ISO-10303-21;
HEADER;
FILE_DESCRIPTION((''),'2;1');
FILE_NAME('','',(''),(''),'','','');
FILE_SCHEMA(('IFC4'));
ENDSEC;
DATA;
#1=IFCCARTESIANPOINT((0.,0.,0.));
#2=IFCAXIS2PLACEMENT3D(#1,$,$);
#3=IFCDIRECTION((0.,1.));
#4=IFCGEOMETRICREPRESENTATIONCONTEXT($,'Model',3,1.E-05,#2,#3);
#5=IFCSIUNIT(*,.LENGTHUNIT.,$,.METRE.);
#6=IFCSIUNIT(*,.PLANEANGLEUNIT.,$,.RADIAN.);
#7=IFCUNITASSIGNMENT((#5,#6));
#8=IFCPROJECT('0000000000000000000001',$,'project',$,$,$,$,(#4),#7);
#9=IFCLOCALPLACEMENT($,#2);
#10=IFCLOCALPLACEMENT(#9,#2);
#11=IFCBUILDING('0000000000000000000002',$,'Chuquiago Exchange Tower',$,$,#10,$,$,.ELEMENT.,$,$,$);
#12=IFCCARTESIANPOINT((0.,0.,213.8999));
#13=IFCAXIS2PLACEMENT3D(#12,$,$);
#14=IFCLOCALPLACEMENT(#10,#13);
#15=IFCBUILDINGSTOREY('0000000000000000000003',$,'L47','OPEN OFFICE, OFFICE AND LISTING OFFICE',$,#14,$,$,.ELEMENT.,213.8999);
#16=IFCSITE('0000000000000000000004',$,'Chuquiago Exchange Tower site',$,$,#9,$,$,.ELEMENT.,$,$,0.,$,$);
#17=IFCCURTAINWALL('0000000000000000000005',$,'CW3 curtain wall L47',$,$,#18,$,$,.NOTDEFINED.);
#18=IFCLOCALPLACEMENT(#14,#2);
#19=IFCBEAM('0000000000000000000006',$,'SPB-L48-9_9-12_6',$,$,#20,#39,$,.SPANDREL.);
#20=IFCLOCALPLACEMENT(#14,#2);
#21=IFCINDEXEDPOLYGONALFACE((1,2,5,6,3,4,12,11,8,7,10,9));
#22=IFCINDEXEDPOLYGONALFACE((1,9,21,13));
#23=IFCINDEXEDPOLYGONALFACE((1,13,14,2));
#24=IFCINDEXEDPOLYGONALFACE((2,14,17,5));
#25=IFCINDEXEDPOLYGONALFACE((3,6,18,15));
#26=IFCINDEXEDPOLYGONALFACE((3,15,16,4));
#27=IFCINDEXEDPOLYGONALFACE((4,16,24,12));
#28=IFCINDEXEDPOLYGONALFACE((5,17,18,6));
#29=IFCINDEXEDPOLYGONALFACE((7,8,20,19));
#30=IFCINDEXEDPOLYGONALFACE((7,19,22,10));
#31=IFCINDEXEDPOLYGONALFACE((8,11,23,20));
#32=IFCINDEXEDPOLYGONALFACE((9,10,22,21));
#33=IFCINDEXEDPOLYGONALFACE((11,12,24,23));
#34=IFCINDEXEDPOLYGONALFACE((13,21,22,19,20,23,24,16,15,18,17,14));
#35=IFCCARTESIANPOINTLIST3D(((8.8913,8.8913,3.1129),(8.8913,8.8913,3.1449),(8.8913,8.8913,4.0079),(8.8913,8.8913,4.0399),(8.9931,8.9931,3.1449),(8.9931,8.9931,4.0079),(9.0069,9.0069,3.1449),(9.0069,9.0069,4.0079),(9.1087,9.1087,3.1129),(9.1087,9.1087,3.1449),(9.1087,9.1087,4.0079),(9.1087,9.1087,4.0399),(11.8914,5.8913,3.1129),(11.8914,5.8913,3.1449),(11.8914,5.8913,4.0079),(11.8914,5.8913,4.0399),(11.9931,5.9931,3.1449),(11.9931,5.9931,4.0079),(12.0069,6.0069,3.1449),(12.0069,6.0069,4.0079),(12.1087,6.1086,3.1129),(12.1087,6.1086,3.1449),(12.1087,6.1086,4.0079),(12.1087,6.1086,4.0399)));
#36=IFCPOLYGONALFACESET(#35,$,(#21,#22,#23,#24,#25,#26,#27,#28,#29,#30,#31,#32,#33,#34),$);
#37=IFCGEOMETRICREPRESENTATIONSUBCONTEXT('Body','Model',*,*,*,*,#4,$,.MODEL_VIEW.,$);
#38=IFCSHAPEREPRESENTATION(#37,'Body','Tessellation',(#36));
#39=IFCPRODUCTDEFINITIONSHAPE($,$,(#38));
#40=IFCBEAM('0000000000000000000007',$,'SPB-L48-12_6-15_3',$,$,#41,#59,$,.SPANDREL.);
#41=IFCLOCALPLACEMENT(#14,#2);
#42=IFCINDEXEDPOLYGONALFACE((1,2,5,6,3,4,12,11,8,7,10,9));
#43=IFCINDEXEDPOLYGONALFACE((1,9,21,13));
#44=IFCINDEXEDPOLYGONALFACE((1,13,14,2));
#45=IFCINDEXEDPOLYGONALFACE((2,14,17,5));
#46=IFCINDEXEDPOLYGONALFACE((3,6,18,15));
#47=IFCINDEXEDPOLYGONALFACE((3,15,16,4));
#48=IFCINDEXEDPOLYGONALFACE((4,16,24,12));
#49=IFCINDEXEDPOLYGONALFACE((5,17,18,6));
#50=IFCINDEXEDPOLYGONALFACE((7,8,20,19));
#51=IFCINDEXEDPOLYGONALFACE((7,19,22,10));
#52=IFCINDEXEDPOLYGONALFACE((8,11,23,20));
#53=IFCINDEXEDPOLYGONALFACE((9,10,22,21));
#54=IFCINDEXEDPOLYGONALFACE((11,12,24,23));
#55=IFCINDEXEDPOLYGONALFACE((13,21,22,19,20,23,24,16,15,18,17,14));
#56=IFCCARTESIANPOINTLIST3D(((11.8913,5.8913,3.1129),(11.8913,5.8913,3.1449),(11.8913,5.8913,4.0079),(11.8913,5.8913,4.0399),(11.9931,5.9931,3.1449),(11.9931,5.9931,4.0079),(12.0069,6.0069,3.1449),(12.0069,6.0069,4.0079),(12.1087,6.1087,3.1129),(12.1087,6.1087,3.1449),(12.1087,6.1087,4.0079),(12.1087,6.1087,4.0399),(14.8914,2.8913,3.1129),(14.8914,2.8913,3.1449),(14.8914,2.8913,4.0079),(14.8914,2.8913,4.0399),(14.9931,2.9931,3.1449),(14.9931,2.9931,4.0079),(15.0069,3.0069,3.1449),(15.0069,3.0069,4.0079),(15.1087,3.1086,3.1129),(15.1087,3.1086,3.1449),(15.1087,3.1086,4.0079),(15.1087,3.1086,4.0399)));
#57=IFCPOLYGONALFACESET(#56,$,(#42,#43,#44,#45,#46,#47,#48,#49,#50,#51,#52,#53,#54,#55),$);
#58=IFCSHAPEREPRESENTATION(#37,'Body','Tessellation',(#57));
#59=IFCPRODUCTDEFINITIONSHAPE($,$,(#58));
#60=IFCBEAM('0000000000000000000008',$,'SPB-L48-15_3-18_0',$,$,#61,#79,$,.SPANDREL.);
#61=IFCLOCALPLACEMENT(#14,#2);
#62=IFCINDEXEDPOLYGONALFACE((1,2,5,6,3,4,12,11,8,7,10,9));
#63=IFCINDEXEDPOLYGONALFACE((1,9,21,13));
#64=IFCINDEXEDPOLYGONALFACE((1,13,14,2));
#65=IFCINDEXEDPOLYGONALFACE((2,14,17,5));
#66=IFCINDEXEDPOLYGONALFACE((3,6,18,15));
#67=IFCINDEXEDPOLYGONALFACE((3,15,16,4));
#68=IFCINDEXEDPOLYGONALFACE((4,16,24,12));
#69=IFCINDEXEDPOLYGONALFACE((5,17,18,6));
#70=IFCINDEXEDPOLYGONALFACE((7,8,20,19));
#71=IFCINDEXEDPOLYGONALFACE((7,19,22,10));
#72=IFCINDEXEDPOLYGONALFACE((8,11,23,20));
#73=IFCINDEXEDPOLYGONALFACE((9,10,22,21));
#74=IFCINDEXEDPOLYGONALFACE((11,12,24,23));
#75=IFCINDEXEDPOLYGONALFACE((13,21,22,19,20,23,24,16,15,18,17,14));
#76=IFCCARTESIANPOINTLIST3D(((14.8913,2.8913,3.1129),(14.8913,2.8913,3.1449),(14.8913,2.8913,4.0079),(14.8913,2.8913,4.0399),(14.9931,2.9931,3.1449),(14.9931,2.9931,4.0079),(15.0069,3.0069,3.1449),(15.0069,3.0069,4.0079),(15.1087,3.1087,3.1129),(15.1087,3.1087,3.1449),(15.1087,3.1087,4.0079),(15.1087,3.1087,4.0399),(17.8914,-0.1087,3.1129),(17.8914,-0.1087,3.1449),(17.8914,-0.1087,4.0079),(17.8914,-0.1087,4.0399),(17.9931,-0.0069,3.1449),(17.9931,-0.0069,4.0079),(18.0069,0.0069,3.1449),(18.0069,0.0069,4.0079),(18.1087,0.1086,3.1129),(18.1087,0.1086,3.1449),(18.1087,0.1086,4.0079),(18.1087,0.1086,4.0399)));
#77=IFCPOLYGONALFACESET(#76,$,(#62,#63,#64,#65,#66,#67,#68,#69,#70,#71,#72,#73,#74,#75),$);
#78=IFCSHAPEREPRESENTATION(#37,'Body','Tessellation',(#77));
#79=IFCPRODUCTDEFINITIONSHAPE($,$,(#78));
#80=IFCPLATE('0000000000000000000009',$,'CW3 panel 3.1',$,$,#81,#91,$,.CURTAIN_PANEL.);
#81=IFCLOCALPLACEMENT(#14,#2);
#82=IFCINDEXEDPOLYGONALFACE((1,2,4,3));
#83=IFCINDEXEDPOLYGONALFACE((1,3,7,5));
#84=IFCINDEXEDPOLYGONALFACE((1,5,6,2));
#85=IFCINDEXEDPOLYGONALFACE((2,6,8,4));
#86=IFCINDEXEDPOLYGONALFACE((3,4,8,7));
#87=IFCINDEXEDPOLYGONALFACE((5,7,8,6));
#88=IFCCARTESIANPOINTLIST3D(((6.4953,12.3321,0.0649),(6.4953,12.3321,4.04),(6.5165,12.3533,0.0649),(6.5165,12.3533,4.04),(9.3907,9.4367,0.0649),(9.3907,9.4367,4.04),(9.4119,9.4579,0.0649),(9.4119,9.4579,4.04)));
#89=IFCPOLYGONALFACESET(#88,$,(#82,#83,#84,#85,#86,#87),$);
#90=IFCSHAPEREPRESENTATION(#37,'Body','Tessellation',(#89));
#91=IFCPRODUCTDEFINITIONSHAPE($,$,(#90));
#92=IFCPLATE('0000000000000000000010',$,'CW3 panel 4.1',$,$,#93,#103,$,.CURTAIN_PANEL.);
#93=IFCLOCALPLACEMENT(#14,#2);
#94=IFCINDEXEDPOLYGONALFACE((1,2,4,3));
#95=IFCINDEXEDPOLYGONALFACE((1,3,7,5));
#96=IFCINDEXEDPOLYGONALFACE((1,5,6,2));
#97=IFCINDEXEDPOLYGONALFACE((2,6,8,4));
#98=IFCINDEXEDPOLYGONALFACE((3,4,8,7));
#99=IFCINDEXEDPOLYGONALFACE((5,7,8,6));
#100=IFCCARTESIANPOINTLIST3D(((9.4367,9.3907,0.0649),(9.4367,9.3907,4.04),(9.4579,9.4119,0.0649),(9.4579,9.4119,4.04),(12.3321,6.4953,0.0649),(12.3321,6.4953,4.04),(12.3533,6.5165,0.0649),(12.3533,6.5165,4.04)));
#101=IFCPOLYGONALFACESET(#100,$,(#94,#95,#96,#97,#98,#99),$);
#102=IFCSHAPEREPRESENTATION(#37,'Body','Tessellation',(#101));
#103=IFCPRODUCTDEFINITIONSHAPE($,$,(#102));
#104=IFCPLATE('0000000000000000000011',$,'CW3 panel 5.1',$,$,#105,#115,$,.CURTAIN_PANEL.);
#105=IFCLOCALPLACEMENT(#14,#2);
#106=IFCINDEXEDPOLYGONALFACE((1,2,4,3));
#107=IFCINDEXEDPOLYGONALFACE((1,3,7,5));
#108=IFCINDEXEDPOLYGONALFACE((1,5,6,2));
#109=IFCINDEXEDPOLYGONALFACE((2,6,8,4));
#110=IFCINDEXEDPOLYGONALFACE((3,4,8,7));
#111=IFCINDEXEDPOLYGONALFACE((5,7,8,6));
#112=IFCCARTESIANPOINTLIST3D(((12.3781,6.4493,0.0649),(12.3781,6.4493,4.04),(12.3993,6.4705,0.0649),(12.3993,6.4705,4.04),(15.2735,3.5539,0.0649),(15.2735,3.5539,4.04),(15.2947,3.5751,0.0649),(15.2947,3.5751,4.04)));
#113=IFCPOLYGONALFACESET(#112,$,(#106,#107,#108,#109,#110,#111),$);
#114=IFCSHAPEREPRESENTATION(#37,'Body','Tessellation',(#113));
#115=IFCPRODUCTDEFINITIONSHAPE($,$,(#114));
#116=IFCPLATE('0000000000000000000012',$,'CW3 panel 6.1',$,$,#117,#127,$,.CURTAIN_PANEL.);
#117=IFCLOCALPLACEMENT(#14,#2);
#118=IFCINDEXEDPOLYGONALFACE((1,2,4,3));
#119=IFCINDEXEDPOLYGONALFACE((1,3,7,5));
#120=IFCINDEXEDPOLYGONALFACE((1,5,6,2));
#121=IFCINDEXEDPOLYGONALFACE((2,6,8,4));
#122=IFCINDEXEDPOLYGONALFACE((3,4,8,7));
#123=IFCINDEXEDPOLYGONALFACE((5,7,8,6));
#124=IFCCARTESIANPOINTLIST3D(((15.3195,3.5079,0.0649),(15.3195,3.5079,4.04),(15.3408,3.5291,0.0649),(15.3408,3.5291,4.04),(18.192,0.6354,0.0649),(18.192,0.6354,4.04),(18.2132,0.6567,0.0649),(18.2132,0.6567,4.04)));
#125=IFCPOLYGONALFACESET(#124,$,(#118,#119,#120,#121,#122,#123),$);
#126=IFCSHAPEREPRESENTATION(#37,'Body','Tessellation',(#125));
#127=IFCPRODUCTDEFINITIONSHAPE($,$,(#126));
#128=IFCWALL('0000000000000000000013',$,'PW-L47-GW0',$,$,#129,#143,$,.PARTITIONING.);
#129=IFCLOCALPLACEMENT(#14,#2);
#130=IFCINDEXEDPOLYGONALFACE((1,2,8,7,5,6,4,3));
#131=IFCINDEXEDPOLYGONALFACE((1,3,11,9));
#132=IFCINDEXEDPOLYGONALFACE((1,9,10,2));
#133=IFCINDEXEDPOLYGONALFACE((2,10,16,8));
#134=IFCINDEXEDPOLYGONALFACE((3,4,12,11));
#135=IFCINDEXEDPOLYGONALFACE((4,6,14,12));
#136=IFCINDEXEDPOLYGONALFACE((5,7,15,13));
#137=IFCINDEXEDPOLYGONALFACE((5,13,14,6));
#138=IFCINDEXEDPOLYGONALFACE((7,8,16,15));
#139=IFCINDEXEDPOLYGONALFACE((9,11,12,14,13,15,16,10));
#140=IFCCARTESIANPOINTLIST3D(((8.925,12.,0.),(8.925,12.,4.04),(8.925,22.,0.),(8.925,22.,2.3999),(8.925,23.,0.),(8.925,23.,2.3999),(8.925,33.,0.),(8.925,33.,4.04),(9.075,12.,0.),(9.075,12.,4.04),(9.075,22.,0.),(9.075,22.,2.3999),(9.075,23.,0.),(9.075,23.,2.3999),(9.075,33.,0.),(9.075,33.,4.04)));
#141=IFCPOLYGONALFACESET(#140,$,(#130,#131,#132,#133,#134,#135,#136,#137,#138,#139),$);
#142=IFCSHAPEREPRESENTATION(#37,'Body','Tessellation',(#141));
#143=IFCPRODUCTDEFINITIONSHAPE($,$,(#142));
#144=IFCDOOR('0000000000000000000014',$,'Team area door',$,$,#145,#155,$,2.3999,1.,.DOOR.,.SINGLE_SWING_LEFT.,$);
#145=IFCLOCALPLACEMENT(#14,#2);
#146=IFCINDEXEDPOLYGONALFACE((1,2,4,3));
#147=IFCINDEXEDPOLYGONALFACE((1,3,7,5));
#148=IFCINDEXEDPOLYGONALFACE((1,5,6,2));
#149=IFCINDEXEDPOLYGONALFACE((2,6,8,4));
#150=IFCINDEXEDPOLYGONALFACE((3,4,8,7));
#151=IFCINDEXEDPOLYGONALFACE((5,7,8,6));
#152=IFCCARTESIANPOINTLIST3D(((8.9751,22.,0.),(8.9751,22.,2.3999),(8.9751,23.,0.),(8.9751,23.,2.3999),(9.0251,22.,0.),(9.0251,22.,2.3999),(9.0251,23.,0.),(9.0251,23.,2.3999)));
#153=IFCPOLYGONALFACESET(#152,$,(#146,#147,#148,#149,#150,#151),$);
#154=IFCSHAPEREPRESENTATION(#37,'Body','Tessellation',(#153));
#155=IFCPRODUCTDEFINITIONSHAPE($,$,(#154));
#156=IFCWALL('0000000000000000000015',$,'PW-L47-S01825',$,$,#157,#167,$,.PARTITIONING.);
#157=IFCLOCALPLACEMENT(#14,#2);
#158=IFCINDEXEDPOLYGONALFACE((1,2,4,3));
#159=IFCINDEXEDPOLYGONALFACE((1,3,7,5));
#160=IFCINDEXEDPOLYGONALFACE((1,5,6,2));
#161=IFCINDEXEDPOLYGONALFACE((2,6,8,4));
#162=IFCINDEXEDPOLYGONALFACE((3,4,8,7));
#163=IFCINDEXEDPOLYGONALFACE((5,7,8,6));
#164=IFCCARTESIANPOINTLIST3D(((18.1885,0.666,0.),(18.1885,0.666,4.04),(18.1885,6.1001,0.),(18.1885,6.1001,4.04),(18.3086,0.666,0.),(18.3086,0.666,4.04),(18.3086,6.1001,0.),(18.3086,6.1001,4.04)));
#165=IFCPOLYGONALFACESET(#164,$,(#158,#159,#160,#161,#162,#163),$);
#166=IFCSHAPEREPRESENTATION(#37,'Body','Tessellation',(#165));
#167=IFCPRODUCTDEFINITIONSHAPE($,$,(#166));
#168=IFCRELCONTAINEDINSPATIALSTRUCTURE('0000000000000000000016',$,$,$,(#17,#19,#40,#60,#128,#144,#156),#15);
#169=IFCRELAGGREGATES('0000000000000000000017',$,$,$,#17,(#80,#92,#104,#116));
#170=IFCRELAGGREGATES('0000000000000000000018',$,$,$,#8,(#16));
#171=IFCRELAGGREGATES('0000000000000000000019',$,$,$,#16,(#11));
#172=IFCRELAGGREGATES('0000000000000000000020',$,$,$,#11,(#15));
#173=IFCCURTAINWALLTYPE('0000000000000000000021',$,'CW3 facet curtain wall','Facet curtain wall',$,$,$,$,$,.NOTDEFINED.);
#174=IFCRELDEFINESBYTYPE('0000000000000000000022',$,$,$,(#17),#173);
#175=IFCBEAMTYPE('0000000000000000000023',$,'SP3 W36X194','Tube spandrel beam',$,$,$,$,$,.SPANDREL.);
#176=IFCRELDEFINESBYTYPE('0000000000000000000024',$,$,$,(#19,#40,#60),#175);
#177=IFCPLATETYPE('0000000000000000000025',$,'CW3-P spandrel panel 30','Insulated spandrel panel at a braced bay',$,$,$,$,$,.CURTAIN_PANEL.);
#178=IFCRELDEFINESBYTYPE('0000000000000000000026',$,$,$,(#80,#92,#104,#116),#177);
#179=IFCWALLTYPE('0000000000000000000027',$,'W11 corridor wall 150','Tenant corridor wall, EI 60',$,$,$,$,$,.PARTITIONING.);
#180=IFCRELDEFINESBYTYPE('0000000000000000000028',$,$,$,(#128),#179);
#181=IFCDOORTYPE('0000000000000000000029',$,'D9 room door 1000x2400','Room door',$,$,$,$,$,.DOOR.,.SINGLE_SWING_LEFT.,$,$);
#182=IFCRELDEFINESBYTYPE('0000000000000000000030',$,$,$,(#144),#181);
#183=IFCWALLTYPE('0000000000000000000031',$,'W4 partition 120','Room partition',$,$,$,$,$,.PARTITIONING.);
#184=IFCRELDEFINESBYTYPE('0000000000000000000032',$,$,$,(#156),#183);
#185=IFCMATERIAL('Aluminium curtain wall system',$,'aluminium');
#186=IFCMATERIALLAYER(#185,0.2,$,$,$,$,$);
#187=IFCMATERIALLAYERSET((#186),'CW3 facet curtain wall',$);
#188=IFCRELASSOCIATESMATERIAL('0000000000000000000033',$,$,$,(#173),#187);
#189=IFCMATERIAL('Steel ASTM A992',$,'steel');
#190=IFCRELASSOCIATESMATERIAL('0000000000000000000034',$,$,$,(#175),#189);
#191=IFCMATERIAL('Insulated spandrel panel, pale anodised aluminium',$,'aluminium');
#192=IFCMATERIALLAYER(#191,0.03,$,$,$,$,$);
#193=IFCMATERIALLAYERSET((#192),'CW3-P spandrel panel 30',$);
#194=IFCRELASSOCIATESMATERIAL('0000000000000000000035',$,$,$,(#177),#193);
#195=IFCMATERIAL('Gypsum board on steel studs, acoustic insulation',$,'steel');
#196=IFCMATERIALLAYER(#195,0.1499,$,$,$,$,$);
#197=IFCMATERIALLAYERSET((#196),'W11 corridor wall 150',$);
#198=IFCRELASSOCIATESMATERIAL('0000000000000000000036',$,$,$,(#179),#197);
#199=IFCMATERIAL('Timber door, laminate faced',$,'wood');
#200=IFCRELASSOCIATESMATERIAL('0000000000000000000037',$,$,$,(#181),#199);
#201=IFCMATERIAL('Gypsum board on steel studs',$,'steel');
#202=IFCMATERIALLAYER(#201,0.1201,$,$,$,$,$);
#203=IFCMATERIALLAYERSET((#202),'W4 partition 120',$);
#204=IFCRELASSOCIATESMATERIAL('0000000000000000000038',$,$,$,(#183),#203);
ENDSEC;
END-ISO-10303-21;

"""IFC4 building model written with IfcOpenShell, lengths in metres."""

from ifc_helpers import new_model, si_unit, direction, frame, frame_2d, origin, origin_2d, place, context, subcontext, project, spatial, rectangle, i_section, extrude, material, layer, layer_set, material_profile, profile_set, type_object, element, fill, aggregate, save


model = new_model("IFC4")

# Units and contexts
model_context = context("Model", 3, precision=1e-05, world=origin(), true_north=direction((0.0, 1.0)))
body_context = subcontext(model_context, "Body", "Model", "MODEL_VIEW")
ifc_project = project(units=[si_unit("LENGTHUNIT", "METRE"), si_unit("PLANEANGLEUNIT", "RADIAN")], contexts=[model_context])

# Site, building, storey
site_placement = place(None, origin())
site = spatial("IfcSite", under=ifc_project, at=site_placement, Name="Chuquiago Exchange Tower site", CompositionType="ELEMENT", RefElevation=0.0)
building_placement = place(site_placement, origin())
building = spatial("IfcBuilding", under=site, at=building_placement, Name="Chuquiago Exchange Tower", CompositionType="ELEMENT")
storey_placement = place(building_placement, frame((0.0, 0.0, 213.8999)))
storey = spatial("IfcBuildingStorey", under=building, at=storey_placement, Name="L47", Description="OPEN OFFICE, OFFICE AND LISTING OFFICE", CompositionType="ELEMENT", Elevation=213.8999)

# Curtain wall
ifc_material_1 = material(Name="Aluminium curtain wall system", Category="aluminium")
ifc_layer_1 = layer(ifc_material_1, 0.2)
ifc_layer_set_1 = layer_set([ifc_layer_1], Name="CW3 facet curtain wall")
curtain_wall_type_1 = type_object("IfcCurtainWallType", Name="CW3 facet curtain wall", Description="Facet curtain wall", PredefinedType="NOTDEFINED", material=ifc_layer_set_1)
curtain_wall_1_placement = place(storey_placement, origin())
curtain_wall_1 = element("IfcCurtainWall", 1, at=curtain_wall_1_placement, inside=storey, type_object=curtain_wall_type_1, Name="CW3 curtain wall L47", PredefinedType="NOTDEFINED")

# Beams
ifc_material_2 = material(Name="Steel ASTM A992", Category="steel")
ifc_material_profile_1 = material_profile(ifc_material_2, i_section(OverallWidth=0.3074, OverallDepth=0.927, WebThickness=0.0195, FlangeThickness=0.032, at=origin_2d()), Name="W36X194")
ifc_profile_set_1 = profile_set([ifc_material_profile_1], Name="Steel ASTM A992")
beam_type_1 = type_object("IfcBeamType", Name="SP3 W36X194", Description="Tube spandrel beam", PredefinedType="SPANDREL", material=ifc_profile_set_1)
for number, where, z_axis, x_axis, name in (
    (2, (9.0, 9.0, 3.5764), (0.707107, -0.707107, 0.0), (0.707107, 0.707107, 0.0), "SPB-L48-9_9-12_6"),
    (3, (12.0, 6.0, 3.5764), (0.707107, -0.707107, 0.0), (0.707107, 0.707107, 0.0), "SPB-L48-12_6-15_3"),
    (4, (15.0, 3.0, 3.5764), (0.707107, -0.707107, 0.0), (0.707107, 0.707107, 0.0), "SPB-L48-15_3-18_0"),
):
    element("IfcBeam", number, at=place(storey_placement, frame(where, z_axis=z_axis, x_axis=x_axis)), inside=storey, type_object=beam_type_1, Name=name, PredefinedType="SPANDREL", context=body_context, shape_type="SweptSolid", body=[
        extrude(i_section(OverallWidth=0.3074, OverallDepth=0.927, WebThickness=0.0195, FlangeThickness=0.032, at=origin_2d()), origin(), (0.0, 0.0, 1.0), 4.2427),
    ])

# Plates
ifc_material_3 = material(Name="Insulated spandrel panel, pale anodised aluminium", Category="aluminium")
ifc_layer_2 = layer(ifc_material_3, 0.03)
ifc_layer_set_2 = layer_set([ifc_layer_2], Name="CW3-P spandrel panel 30")
plate_type = type_object("IfcPlateType", Name="CW3-P spandrel panel 30", Description="Insulated spandrel panel at a braced bay", PredefinedType="CURTAIN_PANEL", material=ifc_layer_set_2)
plate_1_placement = place(storey_placement, frame((7.9536, 10.895, 0.0649), z_axis=(0.0, 0.0, 1.0), x_axis=(0.707107, -0.707107, 0.0)))
plate_1 = element("IfcPlate", 5, at=plate_1_placement, type_object=plate_type, Name="CW3 panel 3.1", PredefinedType="CURTAIN_PANEL", context=body_context, shape_type="SweptSolid", body=[
    extrude(rectangle(XDim=4.0947, YDim=0.03, at=origin_2d()), origin(), (0.0, 0.0, 1.0), 3.9751),
])
plate_2_placement = place(storey_placement, frame((10.895, 7.9536, 0.0649), z_axis=(0.0, 0.0, 1.0), x_axis=(0.707107, -0.707107, 0.0)))
plate_2 = element("IfcPlate", 6, at=plate_2_placement, type_object=plate_type, Name="CW3 panel 4.1", PredefinedType="CURTAIN_PANEL", context=body_context, shape_type="SweptSolid", body=[
    extrude(rectangle(XDim=4.0947, YDim=0.03, at=origin_2d()), origin(), (0.0, 0.0, 1.0), 3.9751),
])
plate_3_placement = place(storey_placement, frame((13.8364, 5.0122, 0.0649), z_axis=(0.0, 0.0, 1.0), x_axis=(0.707107, -0.707107, 0.0)))
plate_3 = element("IfcPlate", 7, at=plate_3_placement, type_object=plate_type, Name="CW3 panel 5.1", PredefinedType="CURTAIN_PANEL", context=body_context, shape_type="SweptSolid", body=[
    extrude(rectangle(XDim=4.0947, YDim=0.03, at=origin_2d()), origin(), (0.0, 0.0, 1.0), 3.9751),
])
plate_4_placement = place(storey_placement, frame((16.7664, 2.0823, 0.0649), z_axis=(0.0, 0.0, 1.0), x_axis=(0.707107, -0.707107, 0.0)))
plate_4 = element("IfcPlate", 8, at=plate_4_placement, type_object=plate_type, Name="CW3 panel 6.1", PredefinedType="CURTAIN_PANEL", context=body_context, shape_type="SweptSolid", body=[
    extrude(rectangle(XDim=4.0623, YDim=0.03, at=origin_2d()), origin(), (0.0, 0.0, 1.0), 3.9751),
])
aggregate(curtain_wall_1, [plate_1, plate_2, plate_3, plate_4])

# Wall, opening, door
ifc_material_4 = material(Name="Gypsum board on steel studs, acoustic insulation", Category="steel")
ifc_layer_3 = layer(ifc_material_4, 0.1499)
ifc_layer_set_3 = layer_set([ifc_layer_3], Name="W11 corridor wall 150")
wall_type_1 = type_object("IfcWallType", Name="W11 corridor wall 150", Description="Tenant corridor wall, EI 60", PredefinedType="PARTITIONING", material=ifc_layer_set_3)
wall_1_placement = place(storey_placement, frame((9.0, 12.0, 0.0), z_axis=(0.0, 0.0, 1.0), x_axis=(0.0, 1.0, 0.0)))
wall_1 = element("IfcWall", 9, at=wall_1_placement, inside=storey, type_object=wall_type_1, Name="PW-L47-GW0", PredefinedType="PARTITIONING", context=body_context, shape_type="SweptSolid", body=[
    extrude(rectangle(XDim=21.0, YDim=0.1499, at=frame_2d((10.5, 0.0))), origin(), (0.0, 0.0, 1.0), 4.04),
])
opening_1_placement = place(wall_1_placement, frame((10.0, 0.0, 0.0)))
opening_1 = element("IfcOpeningElement", 10, at=opening_1_placement, cuts=wall_1, PredefinedType="OPENING", context=body_context, shape_type="SweptSolid", body=[
    extrude(rectangle(XDim=1.0, YDim=2.3999, at=frame_2d((0.5, 1.2))), frame((0.0, 0.085, 0.0), z_axis=(0.0, -1.0, 0.0), x_axis=(1.0, 0.0, 0.0)), (0.0, 0.0, 1.0), 0.1699),
])
ifc_material_5 = material(Name="Timber door, laminate faced", Category="wood")
door_type = type_object("IfcDoorType", Name="D9 room door 1000x2400", Description="Room door", OperationType="SINGLE_SWING_LEFT", PredefinedType="DOOR", material=ifc_material_5)
door_1_placement = place(opening_1_placement, origin())
door_1 = element("IfcDoor", 11, at=door_1_placement, inside=storey, type_object=door_type, Name="Team area door", OperationType="SINGLE_SWING_LEFT", OverallHeight=2.3999, OverallWidth=1.0, PredefinedType="DOOR", context=body_context, shape_type="SweptSolid", body=[
    extrude(rectangle(XDim=1.0, YDim=2.3999, at=frame_2d((0.5, 1.2))), frame((0.0, 0.0249, 0.0), z_axis=(0.0, -1.0, 0.0), x_axis=(1.0, 0.0, 0.0)), (0.0, 0.0, 1.0), 0.05),
])
fill(opening_1, door_1)

# Wall
ifc_material_6 = material(Name="Gypsum board on steel studs", Category="steel")
ifc_layer_4 = layer(ifc_material_6, 0.1201)
ifc_layer_set_4 = layer_set([ifc_layer_4], Name="W4 partition 120")
wall_type_2 = type_object("IfcWallType", Name="W4 partition 120", Description="Room partition", PredefinedType="PARTITIONING", material=ifc_layer_set_4)
wall_2_placement = place(storey_placement, frame((18.2485, 0.666, 0.0), z_axis=(0.0, 0.0, 1.0), x_axis=(0.0, 1.0, 0.0)))
element("IfcWall", 12, at=wall_2_placement, inside=storey, type_object=wall_type_2, Name="PW-L47-S01825", PredefinedType="PARTITIONING", context=body_context, shape_type="SweptSolid", body=[
    extrude(rectangle(XDim=5.4341, YDim=0.1201, at=frame_2d((2.717, 0.0))), origin(), (0.0, 0.0, 1.0), 4.04),
])

save(model, "model.ifc")
